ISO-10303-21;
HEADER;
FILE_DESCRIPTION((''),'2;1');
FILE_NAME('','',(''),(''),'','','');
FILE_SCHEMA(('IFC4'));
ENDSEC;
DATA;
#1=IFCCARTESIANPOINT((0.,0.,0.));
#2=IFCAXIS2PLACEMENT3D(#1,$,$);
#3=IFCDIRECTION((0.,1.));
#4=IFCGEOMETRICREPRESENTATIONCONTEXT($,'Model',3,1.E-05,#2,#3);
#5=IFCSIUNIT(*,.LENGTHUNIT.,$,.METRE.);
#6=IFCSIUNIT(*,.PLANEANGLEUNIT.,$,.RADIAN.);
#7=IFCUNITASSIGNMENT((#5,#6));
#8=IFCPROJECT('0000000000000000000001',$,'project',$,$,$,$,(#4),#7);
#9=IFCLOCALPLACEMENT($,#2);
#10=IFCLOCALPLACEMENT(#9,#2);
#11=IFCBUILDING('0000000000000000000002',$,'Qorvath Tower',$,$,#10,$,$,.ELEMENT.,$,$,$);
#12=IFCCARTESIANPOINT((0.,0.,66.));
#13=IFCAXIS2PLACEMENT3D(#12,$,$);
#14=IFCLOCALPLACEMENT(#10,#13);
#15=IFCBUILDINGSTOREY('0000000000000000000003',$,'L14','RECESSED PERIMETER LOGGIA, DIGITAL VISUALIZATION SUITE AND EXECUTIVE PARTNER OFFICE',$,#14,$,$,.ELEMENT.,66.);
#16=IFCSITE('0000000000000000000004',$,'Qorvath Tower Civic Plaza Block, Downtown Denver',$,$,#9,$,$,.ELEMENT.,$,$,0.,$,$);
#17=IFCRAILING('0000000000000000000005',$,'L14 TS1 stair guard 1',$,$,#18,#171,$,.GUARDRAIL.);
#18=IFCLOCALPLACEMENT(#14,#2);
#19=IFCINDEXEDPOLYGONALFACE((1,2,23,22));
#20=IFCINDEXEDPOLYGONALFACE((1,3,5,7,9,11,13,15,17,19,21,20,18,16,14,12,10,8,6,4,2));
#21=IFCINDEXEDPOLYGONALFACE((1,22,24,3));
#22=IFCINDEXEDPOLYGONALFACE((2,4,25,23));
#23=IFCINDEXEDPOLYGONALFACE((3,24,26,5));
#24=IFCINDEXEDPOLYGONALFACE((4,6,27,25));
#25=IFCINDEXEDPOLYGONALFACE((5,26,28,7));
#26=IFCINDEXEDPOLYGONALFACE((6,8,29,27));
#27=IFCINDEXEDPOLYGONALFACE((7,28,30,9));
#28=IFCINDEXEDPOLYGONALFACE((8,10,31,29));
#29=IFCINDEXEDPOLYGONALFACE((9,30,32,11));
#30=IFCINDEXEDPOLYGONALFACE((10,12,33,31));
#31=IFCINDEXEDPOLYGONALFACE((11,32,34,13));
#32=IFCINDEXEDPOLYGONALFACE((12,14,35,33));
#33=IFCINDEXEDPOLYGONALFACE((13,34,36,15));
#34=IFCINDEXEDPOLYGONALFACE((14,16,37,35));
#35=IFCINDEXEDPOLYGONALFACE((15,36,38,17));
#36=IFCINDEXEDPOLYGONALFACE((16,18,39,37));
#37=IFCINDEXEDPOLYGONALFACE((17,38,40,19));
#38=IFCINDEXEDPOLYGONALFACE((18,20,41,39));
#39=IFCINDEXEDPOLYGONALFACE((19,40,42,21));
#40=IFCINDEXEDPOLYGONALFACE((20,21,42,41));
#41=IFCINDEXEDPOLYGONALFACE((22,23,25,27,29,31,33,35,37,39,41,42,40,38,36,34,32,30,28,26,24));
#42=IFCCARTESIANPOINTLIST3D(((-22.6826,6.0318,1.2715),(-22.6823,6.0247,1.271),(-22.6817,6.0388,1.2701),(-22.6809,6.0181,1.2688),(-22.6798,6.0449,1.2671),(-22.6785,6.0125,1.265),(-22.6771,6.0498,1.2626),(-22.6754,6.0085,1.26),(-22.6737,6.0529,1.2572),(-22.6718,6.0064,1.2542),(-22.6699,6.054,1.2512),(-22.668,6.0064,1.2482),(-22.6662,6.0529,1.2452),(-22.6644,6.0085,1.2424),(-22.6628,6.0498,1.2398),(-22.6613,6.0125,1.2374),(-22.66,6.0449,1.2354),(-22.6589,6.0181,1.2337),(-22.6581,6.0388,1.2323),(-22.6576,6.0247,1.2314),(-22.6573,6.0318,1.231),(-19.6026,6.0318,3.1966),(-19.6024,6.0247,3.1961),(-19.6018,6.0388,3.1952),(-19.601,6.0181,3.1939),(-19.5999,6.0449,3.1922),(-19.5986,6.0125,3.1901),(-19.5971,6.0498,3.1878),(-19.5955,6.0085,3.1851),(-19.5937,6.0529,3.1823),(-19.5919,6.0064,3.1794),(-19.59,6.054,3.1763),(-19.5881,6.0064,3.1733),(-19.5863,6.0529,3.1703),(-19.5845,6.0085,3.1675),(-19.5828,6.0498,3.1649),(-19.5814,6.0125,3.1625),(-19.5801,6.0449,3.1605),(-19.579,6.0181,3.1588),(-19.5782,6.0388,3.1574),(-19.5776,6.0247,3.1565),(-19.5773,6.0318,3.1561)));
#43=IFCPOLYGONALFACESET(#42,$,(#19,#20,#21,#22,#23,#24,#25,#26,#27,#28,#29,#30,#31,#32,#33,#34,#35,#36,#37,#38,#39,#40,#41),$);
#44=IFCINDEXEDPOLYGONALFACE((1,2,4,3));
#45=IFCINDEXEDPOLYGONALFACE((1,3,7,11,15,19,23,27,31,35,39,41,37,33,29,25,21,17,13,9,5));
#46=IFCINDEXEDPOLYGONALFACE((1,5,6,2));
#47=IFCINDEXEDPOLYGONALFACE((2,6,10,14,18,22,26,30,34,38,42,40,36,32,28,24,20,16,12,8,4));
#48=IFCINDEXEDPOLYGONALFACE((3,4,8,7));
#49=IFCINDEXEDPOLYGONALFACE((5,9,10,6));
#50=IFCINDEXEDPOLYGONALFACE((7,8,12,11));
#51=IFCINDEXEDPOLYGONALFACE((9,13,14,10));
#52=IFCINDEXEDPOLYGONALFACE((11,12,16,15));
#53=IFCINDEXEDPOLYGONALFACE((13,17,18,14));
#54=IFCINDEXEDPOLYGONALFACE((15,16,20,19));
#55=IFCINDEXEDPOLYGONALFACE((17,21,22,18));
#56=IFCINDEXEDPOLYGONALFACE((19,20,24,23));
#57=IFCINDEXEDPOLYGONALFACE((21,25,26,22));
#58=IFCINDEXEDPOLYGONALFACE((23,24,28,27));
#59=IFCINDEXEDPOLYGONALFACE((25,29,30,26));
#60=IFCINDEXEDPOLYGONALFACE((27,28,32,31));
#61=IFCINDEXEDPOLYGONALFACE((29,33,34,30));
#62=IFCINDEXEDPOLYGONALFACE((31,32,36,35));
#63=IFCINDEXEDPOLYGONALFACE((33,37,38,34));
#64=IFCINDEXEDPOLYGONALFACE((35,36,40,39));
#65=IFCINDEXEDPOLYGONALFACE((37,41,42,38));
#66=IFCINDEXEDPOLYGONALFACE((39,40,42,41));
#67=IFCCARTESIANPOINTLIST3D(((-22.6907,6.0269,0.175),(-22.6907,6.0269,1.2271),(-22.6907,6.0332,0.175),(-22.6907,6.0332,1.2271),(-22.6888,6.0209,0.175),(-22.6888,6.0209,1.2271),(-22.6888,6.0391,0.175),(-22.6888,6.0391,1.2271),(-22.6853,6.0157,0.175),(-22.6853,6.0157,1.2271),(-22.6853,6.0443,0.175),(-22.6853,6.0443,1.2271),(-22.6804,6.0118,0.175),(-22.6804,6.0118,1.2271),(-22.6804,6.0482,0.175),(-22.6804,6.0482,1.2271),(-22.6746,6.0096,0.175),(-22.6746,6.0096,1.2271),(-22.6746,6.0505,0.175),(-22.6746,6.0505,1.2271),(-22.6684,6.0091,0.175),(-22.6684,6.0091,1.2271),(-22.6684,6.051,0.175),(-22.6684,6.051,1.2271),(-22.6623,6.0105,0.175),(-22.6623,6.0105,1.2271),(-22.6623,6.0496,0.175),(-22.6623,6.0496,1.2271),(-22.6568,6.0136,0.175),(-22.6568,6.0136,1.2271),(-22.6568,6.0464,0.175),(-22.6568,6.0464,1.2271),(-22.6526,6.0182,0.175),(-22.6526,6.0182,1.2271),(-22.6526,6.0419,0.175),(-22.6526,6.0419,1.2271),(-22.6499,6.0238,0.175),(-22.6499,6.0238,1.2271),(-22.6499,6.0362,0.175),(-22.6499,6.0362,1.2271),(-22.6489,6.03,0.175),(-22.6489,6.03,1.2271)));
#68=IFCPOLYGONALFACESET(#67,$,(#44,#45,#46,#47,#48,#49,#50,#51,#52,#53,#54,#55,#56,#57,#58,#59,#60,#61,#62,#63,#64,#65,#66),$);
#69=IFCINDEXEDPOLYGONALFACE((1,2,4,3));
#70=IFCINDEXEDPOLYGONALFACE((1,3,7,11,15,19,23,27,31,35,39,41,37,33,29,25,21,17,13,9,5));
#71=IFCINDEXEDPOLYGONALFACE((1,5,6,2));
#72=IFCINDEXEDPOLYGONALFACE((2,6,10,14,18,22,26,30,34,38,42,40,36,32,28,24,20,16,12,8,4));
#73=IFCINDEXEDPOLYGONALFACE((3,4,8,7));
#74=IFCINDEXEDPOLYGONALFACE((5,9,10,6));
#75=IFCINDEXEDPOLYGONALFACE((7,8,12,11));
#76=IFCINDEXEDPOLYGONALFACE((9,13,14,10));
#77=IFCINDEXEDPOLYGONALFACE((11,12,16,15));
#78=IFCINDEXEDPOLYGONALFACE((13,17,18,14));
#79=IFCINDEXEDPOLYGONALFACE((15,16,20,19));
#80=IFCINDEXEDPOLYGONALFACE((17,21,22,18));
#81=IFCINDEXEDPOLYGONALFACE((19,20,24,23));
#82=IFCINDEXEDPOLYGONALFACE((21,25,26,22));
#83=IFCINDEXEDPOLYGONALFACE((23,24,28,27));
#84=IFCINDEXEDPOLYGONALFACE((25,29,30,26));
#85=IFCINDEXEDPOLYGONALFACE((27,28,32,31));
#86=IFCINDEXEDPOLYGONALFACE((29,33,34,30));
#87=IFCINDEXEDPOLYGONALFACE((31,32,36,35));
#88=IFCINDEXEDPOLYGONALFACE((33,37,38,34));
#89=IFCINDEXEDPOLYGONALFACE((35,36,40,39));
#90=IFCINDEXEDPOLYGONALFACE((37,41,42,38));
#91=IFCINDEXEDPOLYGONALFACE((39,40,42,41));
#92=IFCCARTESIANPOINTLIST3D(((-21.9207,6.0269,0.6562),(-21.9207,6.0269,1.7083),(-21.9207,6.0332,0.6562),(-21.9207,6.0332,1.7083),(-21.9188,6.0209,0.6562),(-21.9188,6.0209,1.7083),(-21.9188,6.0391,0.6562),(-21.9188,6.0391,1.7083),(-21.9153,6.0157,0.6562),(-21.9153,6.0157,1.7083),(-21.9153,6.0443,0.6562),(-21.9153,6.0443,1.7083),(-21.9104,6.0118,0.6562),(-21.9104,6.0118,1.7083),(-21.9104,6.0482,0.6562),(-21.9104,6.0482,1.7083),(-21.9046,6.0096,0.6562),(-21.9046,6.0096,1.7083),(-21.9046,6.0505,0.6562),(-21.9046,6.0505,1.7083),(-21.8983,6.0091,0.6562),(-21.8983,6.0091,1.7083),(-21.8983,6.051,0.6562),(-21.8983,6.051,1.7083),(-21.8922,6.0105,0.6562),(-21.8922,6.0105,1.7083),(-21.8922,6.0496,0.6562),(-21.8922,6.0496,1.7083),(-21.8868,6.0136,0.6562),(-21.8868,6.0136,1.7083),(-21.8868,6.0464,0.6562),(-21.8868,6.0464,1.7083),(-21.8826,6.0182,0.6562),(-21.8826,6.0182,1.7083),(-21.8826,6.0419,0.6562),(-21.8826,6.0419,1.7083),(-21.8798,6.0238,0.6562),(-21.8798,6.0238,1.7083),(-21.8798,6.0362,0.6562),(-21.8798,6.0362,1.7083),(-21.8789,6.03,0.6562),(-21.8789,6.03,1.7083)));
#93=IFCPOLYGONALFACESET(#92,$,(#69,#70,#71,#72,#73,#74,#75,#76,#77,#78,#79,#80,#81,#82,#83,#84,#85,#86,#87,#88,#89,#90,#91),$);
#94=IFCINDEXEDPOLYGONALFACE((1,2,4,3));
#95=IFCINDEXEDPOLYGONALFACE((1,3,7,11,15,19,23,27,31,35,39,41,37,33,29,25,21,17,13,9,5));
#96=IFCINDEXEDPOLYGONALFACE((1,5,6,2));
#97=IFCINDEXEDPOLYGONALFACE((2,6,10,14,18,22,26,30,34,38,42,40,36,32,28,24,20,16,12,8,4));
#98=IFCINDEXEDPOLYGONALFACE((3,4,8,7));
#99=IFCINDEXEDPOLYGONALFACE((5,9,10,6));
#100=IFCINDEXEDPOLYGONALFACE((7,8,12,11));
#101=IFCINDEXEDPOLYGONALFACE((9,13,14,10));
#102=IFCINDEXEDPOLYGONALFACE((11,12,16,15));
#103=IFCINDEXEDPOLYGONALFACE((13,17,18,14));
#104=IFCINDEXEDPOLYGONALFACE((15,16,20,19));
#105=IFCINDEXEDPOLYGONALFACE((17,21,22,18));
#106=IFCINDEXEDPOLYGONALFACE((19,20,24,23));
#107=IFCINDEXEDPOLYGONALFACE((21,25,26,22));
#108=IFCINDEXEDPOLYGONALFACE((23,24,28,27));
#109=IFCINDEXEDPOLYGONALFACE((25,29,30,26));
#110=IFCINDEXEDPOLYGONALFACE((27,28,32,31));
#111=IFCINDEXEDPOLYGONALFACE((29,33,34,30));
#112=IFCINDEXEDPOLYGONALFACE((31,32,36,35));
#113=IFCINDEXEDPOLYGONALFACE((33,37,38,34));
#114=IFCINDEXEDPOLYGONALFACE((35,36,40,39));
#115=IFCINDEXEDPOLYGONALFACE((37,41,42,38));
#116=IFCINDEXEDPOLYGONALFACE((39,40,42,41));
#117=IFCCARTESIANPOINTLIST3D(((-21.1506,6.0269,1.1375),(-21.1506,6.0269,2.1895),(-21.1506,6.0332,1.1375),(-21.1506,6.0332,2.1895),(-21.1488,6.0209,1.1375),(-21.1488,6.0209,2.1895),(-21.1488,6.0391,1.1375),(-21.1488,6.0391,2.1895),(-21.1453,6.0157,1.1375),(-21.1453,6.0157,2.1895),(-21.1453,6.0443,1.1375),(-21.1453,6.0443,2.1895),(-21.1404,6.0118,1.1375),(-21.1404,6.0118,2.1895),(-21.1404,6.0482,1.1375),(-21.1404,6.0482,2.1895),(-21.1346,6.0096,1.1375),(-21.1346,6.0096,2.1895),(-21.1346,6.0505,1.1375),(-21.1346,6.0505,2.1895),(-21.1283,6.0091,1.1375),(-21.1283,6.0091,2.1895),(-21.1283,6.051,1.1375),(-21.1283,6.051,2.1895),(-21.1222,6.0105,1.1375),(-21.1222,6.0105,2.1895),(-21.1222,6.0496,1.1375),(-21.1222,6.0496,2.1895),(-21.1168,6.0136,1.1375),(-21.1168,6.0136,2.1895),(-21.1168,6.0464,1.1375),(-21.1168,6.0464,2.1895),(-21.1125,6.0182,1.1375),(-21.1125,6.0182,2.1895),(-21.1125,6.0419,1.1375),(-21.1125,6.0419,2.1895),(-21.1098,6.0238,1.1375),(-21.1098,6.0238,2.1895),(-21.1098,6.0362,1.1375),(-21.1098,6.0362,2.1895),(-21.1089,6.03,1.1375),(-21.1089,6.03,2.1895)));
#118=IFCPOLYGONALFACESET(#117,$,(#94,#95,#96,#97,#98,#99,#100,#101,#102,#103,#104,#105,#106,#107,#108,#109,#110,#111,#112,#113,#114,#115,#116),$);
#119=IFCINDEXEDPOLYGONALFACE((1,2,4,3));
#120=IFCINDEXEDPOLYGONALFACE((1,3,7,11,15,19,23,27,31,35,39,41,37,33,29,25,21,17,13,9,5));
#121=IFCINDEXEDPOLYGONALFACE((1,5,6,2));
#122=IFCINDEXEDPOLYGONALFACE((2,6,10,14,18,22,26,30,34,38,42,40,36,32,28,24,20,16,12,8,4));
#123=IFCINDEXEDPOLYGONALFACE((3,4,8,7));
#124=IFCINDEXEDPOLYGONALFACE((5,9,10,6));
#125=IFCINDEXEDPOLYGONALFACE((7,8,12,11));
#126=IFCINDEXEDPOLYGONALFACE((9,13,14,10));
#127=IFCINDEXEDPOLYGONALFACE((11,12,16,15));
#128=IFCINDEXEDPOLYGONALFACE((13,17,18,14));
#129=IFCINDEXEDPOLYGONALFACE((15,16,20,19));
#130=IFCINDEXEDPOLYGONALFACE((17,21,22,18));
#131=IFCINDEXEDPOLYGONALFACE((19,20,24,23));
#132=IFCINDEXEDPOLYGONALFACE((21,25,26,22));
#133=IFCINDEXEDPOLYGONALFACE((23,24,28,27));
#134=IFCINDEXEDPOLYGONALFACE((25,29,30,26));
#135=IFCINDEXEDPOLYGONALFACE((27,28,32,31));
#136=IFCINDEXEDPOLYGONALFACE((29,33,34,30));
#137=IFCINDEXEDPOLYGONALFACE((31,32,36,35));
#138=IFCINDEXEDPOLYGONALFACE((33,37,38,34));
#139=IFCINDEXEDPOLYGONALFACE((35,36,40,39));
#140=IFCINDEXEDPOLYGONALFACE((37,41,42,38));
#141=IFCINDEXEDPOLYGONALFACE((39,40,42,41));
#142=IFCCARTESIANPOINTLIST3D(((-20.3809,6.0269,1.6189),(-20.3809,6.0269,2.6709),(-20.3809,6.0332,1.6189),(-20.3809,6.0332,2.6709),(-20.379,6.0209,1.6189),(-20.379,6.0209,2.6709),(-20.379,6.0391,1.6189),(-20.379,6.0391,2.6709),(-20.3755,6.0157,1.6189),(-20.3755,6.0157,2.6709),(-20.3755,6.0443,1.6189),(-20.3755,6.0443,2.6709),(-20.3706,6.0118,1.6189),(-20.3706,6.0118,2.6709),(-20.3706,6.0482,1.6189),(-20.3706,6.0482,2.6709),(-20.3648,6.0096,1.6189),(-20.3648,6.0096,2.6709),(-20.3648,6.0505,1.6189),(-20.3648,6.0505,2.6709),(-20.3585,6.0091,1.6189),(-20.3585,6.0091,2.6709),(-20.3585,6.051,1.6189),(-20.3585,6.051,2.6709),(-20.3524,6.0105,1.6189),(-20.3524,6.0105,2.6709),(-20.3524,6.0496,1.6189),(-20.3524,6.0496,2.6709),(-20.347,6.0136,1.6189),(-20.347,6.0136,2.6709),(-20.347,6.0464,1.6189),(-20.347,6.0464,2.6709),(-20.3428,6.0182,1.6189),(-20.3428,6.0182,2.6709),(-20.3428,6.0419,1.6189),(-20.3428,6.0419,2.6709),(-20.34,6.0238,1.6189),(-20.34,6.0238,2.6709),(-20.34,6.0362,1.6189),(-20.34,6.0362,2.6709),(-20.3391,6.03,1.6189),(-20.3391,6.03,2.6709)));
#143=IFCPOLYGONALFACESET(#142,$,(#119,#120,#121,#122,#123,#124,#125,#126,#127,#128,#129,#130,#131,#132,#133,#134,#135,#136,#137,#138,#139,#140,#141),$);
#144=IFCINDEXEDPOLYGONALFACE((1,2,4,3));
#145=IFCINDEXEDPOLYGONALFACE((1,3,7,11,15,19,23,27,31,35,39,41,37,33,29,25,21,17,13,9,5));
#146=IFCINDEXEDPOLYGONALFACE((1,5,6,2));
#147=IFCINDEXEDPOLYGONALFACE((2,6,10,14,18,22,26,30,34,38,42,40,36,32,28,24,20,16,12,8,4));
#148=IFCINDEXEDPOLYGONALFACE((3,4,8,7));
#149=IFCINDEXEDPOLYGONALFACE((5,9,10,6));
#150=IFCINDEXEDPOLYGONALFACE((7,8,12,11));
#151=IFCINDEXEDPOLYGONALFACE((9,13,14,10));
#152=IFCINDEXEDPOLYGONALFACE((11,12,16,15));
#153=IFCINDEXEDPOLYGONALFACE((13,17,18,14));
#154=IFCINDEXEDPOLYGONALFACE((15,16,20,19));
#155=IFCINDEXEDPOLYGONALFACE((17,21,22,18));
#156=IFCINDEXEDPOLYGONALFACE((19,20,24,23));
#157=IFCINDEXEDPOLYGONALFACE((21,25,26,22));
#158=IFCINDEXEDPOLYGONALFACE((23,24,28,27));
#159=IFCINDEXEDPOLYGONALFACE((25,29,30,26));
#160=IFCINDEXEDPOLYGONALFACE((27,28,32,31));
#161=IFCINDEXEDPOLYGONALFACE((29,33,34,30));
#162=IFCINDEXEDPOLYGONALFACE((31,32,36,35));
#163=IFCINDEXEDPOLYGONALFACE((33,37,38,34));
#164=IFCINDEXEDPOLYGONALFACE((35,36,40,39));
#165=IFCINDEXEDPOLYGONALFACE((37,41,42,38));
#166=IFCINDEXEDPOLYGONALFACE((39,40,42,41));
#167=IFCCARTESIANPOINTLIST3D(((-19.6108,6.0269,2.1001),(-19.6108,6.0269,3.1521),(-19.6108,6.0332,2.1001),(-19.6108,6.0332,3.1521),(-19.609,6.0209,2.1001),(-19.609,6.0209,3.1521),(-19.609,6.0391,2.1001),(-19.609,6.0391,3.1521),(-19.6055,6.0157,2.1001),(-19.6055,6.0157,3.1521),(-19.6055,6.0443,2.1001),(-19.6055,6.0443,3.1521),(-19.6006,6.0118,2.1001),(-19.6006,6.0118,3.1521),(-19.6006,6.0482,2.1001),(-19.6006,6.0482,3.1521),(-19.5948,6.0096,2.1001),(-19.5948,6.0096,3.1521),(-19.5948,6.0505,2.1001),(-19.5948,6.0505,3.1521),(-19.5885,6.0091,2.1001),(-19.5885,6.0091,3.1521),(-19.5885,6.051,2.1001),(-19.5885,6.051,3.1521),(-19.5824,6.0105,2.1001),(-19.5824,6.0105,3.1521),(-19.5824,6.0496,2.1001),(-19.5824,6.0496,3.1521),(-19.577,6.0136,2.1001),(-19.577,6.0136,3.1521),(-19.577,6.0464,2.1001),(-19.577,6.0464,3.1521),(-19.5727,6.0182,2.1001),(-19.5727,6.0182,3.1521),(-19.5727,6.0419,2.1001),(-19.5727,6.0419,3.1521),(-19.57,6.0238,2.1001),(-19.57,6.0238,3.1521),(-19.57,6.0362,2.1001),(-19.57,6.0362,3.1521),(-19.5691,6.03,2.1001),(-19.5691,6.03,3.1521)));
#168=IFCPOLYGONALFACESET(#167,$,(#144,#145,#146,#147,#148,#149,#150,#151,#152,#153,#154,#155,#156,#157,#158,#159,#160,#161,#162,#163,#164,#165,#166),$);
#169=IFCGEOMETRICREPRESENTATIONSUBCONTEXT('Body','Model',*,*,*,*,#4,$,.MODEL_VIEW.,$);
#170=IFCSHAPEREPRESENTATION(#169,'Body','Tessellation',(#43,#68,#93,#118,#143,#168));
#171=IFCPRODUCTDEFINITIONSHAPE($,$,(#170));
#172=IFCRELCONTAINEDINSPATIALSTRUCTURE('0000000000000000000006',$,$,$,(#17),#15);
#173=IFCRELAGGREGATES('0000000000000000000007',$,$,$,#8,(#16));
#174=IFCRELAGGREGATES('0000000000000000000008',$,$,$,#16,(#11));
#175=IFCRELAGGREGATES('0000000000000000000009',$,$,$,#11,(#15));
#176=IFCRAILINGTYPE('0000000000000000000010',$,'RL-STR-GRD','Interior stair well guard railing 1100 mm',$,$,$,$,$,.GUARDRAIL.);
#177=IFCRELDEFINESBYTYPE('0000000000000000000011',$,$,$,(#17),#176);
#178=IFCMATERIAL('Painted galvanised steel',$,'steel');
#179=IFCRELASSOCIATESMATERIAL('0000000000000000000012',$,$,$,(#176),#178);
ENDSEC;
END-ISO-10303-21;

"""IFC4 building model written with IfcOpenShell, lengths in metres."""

from ifc_helpers import new_model, si_unit, direction, frame, origin, origin_2d, place, context, subcontext, project, spatial, circle, extrude, material, type_object, element, save


model = new_model("IFC4")

# Units and contexts
model_context = context("Model", 3, precision=1e-05, world=origin(), true_north=direction((0.0, 1.0)))
body_context = subcontext(model_context, "Body", "Model", "MODEL_VIEW")
ifc_project = project(units=[si_unit("LENGTHUNIT", "METRE"), si_unit("PLANEANGLEUNIT", "RADIAN")], contexts=[model_context])

# Site, building, storey
site_placement = place(None, origin())
site = spatial("IfcSite", under=ifc_project, at=site_placement, Name="Qorvath Tower Civic Plaza Block, Downtown Denver", CompositionType="ELEMENT", RefElevation=0.0)
building_placement = place(site_placement, origin())
building = spatial("IfcBuilding", under=site, at=building_placement, Name="Qorvath Tower", CompositionType="ELEMENT")
storey_placement = place(building_placement, frame((0.0, 0.0, 66.0)))
storey = spatial("IfcBuildingStorey", under=building, at=storey_placement, Name="L14", Description="RECESSED PERIMETER LOGGIA, DIGITAL VISUALIZATION SUITE AND EXECUTIVE PARTNER OFFICE", CompositionType="ELEMENT", Elevation=66.0)

# Railing
ifc_material_1 = material(Name="Painted galvanised steel", Category="steel")
railing_type_1 = type_object("IfcRailingType", Name="RL-STR-GRD", Description="Interior stair well guard railing 1100 mm", PredefinedType="GUARDRAIL", material=ifc_material_1)
railing_1_placement = place(storey_placement, frame((-22.6699, 6.03, 0.175)))
element("IfcRailing", 1, at=railing_1_placement, inside=storey, type_object=railing_type_1, Name="L14 TS1 stair guard 1", PredefinedType="GUARDRAIL", context=body_context, shape_type="SweptSolid", body=[
    extrude(circle(Radius=0.0239, at=origin_2d()), frame((0.0, 0.0, 1.0762), z_axis=(0.847979, 0.0, 0.530029), x_axis=(0.0, 1.0, 0.0)), (0.0, 0.0, 1.0), 3.6321),
    extrude(circle(Radius=0.021, at=origin_2d()), origin(), (0.0, 0.0, 1.0), 1.052),
    extrude(circle(Radius=0.021, at=origin_2d()), frame((0.77, 0.0, 0.4812)), (0.0, 0.0, 1.0), 1.052),
    extrude(circle(Radius=0.021, at=origin_2d()), frame((1.54, 0.0, 0.9624)), (0.0, 0.0, 1.0), 1.052),
    extrude(circle(Radius=0.021, at=origin_2d()), frame((2.3098, 0.0, 1.4438)), (0.0, 0.0, 1.0), 1.052),
    extrude(circle(Radius=0.021, at=origin_2d()), frame((3.0798, 0.0, 1.925)), (0.0, 0.0, 1.0), 1.052),
])

save(model, "model.ifc")
